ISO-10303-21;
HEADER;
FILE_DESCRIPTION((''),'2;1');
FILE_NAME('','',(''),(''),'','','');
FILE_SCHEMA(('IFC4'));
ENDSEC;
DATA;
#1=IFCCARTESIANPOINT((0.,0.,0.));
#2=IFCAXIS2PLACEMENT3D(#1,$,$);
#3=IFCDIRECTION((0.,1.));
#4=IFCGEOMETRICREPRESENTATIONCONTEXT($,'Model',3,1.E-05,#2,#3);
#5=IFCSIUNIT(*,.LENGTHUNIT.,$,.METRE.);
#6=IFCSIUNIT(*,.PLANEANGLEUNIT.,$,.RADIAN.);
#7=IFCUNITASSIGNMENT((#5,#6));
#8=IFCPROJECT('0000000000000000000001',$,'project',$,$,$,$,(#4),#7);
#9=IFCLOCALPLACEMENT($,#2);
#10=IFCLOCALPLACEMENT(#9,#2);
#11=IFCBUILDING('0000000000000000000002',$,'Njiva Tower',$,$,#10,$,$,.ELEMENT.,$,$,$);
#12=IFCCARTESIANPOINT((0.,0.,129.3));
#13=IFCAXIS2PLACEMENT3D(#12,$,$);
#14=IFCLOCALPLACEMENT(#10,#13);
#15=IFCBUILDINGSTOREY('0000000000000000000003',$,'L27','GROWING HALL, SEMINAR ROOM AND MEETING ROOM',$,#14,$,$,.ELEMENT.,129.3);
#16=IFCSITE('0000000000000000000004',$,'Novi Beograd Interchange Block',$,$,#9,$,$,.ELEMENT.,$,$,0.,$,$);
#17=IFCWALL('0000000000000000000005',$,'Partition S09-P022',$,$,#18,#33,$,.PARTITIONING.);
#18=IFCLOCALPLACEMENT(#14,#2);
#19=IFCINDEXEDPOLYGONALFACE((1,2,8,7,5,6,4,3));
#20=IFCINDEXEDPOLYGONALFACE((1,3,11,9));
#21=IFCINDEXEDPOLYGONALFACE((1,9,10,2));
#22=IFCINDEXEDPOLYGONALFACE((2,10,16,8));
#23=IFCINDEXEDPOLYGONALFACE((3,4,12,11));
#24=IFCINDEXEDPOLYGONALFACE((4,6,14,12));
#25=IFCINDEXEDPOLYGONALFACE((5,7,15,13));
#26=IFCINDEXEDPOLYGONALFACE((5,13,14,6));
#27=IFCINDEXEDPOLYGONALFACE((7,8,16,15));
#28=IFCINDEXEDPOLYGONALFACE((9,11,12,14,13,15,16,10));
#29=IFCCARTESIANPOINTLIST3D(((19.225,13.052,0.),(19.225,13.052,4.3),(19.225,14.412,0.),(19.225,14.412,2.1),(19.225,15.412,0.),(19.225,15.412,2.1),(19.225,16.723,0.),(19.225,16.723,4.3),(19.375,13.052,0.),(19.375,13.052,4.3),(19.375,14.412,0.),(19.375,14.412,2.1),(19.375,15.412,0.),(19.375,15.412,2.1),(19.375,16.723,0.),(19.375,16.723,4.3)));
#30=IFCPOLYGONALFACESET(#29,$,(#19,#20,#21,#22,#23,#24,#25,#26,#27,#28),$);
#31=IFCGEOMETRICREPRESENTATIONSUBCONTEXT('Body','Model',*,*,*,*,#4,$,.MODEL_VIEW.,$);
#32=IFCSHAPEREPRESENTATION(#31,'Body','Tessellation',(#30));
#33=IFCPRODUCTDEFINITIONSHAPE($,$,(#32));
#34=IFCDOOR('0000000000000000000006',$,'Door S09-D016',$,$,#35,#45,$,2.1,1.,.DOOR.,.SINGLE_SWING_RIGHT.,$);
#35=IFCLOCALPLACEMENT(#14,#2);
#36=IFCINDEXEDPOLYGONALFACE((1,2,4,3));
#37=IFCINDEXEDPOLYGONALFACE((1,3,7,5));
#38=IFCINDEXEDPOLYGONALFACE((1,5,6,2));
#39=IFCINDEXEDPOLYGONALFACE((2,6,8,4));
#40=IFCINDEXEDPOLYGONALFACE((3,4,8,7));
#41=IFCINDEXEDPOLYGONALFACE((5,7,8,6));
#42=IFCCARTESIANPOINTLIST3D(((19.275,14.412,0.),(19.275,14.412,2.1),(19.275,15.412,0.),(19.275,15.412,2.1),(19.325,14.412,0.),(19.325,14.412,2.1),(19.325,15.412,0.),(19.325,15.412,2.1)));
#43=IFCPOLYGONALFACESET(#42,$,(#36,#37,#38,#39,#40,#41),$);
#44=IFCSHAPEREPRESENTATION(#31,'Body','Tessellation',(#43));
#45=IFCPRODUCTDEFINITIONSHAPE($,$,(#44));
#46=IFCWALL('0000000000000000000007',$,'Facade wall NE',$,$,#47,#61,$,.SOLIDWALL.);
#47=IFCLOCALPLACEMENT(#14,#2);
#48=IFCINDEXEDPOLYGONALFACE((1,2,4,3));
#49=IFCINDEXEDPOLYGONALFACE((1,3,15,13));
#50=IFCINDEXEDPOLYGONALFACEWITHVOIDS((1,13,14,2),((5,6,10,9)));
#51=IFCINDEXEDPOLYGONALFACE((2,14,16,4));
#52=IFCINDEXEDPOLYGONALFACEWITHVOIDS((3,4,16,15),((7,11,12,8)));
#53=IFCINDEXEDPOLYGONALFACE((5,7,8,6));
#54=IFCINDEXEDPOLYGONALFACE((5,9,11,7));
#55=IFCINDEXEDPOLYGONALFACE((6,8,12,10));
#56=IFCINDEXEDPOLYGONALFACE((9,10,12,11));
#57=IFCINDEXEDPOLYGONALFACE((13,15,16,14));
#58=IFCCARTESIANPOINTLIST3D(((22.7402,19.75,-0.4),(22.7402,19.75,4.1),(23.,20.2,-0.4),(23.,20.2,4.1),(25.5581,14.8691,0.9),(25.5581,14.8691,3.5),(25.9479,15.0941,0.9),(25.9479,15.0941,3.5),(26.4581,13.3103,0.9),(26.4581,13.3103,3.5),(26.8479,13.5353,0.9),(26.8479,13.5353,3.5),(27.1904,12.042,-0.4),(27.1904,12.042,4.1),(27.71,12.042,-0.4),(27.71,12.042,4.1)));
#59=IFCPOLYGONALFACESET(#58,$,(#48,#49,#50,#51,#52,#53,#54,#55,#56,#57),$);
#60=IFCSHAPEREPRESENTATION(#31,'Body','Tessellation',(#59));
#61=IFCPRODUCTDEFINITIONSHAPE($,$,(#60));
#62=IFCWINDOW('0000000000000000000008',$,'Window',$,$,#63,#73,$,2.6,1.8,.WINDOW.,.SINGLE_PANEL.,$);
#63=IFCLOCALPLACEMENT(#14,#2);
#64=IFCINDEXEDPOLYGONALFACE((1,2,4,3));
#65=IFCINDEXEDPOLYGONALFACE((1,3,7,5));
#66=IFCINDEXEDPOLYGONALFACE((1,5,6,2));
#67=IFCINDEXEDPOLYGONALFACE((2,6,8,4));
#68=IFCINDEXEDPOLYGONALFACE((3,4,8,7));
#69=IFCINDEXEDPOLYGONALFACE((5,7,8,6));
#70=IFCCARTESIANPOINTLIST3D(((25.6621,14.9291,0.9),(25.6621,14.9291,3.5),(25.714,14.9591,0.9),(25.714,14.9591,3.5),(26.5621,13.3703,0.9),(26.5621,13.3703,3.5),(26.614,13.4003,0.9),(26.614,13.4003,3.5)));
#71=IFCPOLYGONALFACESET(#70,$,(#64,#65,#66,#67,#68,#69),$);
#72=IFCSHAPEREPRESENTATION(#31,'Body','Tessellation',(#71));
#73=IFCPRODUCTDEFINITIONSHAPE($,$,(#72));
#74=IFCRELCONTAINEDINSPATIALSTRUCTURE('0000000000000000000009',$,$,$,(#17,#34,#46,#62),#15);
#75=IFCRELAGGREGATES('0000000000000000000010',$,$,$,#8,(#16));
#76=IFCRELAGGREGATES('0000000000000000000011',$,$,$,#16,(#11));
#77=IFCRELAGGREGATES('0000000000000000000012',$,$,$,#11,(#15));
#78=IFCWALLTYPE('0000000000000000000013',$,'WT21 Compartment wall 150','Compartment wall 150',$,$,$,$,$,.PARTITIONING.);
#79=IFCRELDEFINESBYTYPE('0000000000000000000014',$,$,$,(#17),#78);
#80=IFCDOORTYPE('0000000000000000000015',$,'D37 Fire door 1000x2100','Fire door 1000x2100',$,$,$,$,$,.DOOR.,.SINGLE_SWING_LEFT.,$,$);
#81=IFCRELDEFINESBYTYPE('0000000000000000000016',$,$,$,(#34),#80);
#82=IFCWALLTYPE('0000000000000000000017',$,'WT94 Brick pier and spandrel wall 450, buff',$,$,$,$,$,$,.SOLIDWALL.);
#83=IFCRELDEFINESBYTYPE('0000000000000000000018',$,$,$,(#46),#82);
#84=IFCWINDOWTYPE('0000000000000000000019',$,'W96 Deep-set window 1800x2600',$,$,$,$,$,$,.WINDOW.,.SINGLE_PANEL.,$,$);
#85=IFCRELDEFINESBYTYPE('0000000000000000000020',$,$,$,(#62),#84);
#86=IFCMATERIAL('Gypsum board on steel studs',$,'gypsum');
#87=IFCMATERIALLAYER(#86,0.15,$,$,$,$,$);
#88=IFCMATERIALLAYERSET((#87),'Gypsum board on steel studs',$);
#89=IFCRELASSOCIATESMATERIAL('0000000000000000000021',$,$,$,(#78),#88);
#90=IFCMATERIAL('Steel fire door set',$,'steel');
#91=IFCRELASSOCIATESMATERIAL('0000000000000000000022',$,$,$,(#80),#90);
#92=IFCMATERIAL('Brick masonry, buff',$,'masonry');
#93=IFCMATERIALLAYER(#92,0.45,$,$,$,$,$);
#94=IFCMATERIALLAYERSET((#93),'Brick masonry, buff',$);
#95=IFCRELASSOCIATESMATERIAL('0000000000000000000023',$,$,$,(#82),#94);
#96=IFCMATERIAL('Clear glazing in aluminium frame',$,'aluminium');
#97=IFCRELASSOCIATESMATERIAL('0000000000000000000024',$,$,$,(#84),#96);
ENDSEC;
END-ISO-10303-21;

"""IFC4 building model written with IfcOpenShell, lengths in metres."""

from ifc_helpers import new_model, si_unit, direction, frame, frame_2d, origin, place, context, subcontext, project, spatial, polyline, rectangle, outline, extrude, material, layer, layer_set, type_object, element, fill, save


model = new_model("IFC4")

# Units and contexts
model_context = context("Model", 3, precision=1e-05, world=origin(), true_north=direction((0.0, 1.0)))
body_context = subcontext(model_context, "Body", "Model", "MODEL_VIEW")
ifc_project = project(units=[si_unit("LENGTHUNIT", "METRE"), si_unit("PLANEANGLEUNIT", "RADIAN")], contexts=[model_context])

# Site, building, storey
site_placement = place(None, origin())
site = spatial("IfcSite", under=ifc_project, at=site_placement, Name="Novi Beograd Interchange Block", CompositionType="ELEMENT", RefElevation=0.0)
building_placement = place(site_placement, origin())
building = spatial("IfcBuilding", under=site, at=building_placement, Name="Njiva Tower", CompositionType="ELEMENT")
storey_placement = place(building_placement, frame((0.0, 0.0, 129.3)))
storey = spatial("IfcBuildingStorey", under=building, at=storey_placement, Name="L27", Description="GROWING HALL, SEMINAR ROOM AND MEETING ROOM", CompositionType="ELEMENT", Elevation=129.3)

# Shared definitions
ifc_material_1 = material(Name="Gypsum board on steel studs", Category="gypsum")

# Wall, opening, door
ifc_layer_1 = layer(ifc_material_1, 0.15)
ifc_layer_set_1 = layer_set([ifc_layer_1], Name="Gypsum board on steel studs")
wall_type_1 = type_object("IfcWallType", Name="WT21 Compartment wall 150", Description="Compartment wall 150", PredefinedType="PARTITIONING", material=ifc_layer_set_1)
wall_1_placement = place(storey_placement, frame((19.3, 13.052, 0.0), z_axis=(0.0, 0.0, 1.0), x_axis=(0.0, 1.0, 0.0)))
wall_1 = element("IfcWall", 1, at=wall_1_placement, inside=storey, type_object=wall_type_1, Name="Partition S09-P022", PredefinedType="PARTITIONING", context=body_context, shape_type="SweptSolid", body=[
    extrude(rectangle(XDim=3.671, YDim=0.15, at=frame_2d((1.8355, 0.0))), origin(), (0.0, 0.0, 1.0), 4.3),
])
opening_1_placement = place(wall_1_placement, frame((1.36, 0.0, 0.0)))
opening_1 = element("IfcOpeningElement", 2, at=opening_1_placement, cuts=wall_1, PredefinedType="OPENING", context=body_context, shape_type="SweptSolid", body=[
    extrude(rectangle(XDim=1.0, YDim=2.1, at=frame_2d((0.5, 1.05))), frame((0.0, 0.085, 0.0), z_axis=(0.0, -1.0, 0.0), x_axis=(1.0, 0.0, 0.0)), (0.0, 0.0, 1.0), 0.17),
])
ifc_material_2 = material(Name="Steel fire door set", Category="steel")
door_type_1 = type_object("IfcDoorType", Name="D37 Fire door 1000x2100", Description="Fire door 1000x2100", OperationType="SINGLE_SWING_LEFT", PredefinedType="DOOR", material=ifc_material_2)
door_1_placement = place(opening_1_placement, origin())
door_1 = element("IfcDoor", 3, at=door_1_placement, inside=storey, type_object=door_type_1, Name="Door S09-D016", OperationType="SINGLE_SWING_RIGHT", OverallHeight=2.1, OverallWidth=1.0, PredefinedType="DOOR", context=body_context, shape_type="SweptSolid", body=[
    extrude(rectangle(XDim=1.0, YDim=2.1, at=frame_2d((0.5, 1.05))), frame((0.0, 0.025, 0.0), z_axis=(0.0, -1.0, 0.0), x_axis=(1.0, 0.0, 0.0)), (0.0, 0.0, 1.0), 0.05),
])
fill(opening_1, door_1)

# Wall, opening, window
ifc_material_3 = material(Name="Brick masonry, buff", Category="masonry")
ifc_layer_2 = layer(ifc_material_3, 0.45)
ifc_layer_set_2 = layer_set([ifc_layer_2], Name="Brick masonry, buff")
wall_type_2 = type_object("IfcWallType", Name="WT94 Brick pier and spandrel wall 450, buff", PredefinedType="SOLIDWALL", material=ifc_layer_set_2)
wall_2_placement = place(storey_placement, frame((27.4502, 12.042, -0.4), z_axis=(0.0, 0.0, 1.0), x_axis=(-0.499998, 0.866026, 0.0)))
wall_2 = element("IfcWall", 4, at=wall_2_placement, inside=storey, type_object=wall_type_2, Name="Facade wall NE", PredefinedType="SOLIDWALL", context=body_context, shape_type="SweptSolid", body=[
    extrude(outline(polyline([(-0.1299, -0.225), (9.2901, -0.225), (9.0303, 0.225), (0.1299, 0.225), (-0.1299, -0.225)])), origin(), (0.0, 0.0, 1.0), 4.5),
])
opening_2_placement = place(wall_2_placement, frame((1.5944, 0.0, 1.3)))
opening_2 = element("IfcOpeningElement", 5, at=opening_2_placement, cuts=wall_2, PredefinedType="OPENING", context=body_context, shape_type="SweptSolid", body=[
    extrude(rectangle(XDim=1.8, YDim=2.6, at=frame_2d((0.9, 1.3))), frame((0.0, 0.235, 0.0), z_axis=(0.0, -1.0, 0.0), x_axis=(1.0, 0.0, 0.0)), (0.0, 0.0, 1.0), 0.47),
])
ifc_material_4 = material(Name="Clear glazing in aluminium frame", Category="aluminium")
window_type = type_object("IfcWindowType", Name="W96 Deep-set window 1800x2600", PartitioningType="SINGLE_PANEL", PredefinedType="WINDOW", material=ifc_material_4)
window_placement = place(opening_2_placement, origin())
window = element("IfcWindow", 6, at=window_placement, inside=storey, type_object=window_type, Name="Window", OverallHeight=2.6, OverallWidth=1.8, PartitioningType="SINGLE_PANEL", PredefinedType="WINDOW", context=body_context, shape_type="SweptSolid", body=[
    extrude(rectangle(XDim=1.8, YDim=2.6, at=frame_2d((0.9, 1.3))), frame((0.0, 0.105, 0.0), z_axis=(0.0, -1.0, 0.0), x_axis=(1.0, 0.0, 0.0)), (0.0, 0.0, 1.0), 0.06),
])
fill(opening_2, window)

save(model, "model.ifc")
